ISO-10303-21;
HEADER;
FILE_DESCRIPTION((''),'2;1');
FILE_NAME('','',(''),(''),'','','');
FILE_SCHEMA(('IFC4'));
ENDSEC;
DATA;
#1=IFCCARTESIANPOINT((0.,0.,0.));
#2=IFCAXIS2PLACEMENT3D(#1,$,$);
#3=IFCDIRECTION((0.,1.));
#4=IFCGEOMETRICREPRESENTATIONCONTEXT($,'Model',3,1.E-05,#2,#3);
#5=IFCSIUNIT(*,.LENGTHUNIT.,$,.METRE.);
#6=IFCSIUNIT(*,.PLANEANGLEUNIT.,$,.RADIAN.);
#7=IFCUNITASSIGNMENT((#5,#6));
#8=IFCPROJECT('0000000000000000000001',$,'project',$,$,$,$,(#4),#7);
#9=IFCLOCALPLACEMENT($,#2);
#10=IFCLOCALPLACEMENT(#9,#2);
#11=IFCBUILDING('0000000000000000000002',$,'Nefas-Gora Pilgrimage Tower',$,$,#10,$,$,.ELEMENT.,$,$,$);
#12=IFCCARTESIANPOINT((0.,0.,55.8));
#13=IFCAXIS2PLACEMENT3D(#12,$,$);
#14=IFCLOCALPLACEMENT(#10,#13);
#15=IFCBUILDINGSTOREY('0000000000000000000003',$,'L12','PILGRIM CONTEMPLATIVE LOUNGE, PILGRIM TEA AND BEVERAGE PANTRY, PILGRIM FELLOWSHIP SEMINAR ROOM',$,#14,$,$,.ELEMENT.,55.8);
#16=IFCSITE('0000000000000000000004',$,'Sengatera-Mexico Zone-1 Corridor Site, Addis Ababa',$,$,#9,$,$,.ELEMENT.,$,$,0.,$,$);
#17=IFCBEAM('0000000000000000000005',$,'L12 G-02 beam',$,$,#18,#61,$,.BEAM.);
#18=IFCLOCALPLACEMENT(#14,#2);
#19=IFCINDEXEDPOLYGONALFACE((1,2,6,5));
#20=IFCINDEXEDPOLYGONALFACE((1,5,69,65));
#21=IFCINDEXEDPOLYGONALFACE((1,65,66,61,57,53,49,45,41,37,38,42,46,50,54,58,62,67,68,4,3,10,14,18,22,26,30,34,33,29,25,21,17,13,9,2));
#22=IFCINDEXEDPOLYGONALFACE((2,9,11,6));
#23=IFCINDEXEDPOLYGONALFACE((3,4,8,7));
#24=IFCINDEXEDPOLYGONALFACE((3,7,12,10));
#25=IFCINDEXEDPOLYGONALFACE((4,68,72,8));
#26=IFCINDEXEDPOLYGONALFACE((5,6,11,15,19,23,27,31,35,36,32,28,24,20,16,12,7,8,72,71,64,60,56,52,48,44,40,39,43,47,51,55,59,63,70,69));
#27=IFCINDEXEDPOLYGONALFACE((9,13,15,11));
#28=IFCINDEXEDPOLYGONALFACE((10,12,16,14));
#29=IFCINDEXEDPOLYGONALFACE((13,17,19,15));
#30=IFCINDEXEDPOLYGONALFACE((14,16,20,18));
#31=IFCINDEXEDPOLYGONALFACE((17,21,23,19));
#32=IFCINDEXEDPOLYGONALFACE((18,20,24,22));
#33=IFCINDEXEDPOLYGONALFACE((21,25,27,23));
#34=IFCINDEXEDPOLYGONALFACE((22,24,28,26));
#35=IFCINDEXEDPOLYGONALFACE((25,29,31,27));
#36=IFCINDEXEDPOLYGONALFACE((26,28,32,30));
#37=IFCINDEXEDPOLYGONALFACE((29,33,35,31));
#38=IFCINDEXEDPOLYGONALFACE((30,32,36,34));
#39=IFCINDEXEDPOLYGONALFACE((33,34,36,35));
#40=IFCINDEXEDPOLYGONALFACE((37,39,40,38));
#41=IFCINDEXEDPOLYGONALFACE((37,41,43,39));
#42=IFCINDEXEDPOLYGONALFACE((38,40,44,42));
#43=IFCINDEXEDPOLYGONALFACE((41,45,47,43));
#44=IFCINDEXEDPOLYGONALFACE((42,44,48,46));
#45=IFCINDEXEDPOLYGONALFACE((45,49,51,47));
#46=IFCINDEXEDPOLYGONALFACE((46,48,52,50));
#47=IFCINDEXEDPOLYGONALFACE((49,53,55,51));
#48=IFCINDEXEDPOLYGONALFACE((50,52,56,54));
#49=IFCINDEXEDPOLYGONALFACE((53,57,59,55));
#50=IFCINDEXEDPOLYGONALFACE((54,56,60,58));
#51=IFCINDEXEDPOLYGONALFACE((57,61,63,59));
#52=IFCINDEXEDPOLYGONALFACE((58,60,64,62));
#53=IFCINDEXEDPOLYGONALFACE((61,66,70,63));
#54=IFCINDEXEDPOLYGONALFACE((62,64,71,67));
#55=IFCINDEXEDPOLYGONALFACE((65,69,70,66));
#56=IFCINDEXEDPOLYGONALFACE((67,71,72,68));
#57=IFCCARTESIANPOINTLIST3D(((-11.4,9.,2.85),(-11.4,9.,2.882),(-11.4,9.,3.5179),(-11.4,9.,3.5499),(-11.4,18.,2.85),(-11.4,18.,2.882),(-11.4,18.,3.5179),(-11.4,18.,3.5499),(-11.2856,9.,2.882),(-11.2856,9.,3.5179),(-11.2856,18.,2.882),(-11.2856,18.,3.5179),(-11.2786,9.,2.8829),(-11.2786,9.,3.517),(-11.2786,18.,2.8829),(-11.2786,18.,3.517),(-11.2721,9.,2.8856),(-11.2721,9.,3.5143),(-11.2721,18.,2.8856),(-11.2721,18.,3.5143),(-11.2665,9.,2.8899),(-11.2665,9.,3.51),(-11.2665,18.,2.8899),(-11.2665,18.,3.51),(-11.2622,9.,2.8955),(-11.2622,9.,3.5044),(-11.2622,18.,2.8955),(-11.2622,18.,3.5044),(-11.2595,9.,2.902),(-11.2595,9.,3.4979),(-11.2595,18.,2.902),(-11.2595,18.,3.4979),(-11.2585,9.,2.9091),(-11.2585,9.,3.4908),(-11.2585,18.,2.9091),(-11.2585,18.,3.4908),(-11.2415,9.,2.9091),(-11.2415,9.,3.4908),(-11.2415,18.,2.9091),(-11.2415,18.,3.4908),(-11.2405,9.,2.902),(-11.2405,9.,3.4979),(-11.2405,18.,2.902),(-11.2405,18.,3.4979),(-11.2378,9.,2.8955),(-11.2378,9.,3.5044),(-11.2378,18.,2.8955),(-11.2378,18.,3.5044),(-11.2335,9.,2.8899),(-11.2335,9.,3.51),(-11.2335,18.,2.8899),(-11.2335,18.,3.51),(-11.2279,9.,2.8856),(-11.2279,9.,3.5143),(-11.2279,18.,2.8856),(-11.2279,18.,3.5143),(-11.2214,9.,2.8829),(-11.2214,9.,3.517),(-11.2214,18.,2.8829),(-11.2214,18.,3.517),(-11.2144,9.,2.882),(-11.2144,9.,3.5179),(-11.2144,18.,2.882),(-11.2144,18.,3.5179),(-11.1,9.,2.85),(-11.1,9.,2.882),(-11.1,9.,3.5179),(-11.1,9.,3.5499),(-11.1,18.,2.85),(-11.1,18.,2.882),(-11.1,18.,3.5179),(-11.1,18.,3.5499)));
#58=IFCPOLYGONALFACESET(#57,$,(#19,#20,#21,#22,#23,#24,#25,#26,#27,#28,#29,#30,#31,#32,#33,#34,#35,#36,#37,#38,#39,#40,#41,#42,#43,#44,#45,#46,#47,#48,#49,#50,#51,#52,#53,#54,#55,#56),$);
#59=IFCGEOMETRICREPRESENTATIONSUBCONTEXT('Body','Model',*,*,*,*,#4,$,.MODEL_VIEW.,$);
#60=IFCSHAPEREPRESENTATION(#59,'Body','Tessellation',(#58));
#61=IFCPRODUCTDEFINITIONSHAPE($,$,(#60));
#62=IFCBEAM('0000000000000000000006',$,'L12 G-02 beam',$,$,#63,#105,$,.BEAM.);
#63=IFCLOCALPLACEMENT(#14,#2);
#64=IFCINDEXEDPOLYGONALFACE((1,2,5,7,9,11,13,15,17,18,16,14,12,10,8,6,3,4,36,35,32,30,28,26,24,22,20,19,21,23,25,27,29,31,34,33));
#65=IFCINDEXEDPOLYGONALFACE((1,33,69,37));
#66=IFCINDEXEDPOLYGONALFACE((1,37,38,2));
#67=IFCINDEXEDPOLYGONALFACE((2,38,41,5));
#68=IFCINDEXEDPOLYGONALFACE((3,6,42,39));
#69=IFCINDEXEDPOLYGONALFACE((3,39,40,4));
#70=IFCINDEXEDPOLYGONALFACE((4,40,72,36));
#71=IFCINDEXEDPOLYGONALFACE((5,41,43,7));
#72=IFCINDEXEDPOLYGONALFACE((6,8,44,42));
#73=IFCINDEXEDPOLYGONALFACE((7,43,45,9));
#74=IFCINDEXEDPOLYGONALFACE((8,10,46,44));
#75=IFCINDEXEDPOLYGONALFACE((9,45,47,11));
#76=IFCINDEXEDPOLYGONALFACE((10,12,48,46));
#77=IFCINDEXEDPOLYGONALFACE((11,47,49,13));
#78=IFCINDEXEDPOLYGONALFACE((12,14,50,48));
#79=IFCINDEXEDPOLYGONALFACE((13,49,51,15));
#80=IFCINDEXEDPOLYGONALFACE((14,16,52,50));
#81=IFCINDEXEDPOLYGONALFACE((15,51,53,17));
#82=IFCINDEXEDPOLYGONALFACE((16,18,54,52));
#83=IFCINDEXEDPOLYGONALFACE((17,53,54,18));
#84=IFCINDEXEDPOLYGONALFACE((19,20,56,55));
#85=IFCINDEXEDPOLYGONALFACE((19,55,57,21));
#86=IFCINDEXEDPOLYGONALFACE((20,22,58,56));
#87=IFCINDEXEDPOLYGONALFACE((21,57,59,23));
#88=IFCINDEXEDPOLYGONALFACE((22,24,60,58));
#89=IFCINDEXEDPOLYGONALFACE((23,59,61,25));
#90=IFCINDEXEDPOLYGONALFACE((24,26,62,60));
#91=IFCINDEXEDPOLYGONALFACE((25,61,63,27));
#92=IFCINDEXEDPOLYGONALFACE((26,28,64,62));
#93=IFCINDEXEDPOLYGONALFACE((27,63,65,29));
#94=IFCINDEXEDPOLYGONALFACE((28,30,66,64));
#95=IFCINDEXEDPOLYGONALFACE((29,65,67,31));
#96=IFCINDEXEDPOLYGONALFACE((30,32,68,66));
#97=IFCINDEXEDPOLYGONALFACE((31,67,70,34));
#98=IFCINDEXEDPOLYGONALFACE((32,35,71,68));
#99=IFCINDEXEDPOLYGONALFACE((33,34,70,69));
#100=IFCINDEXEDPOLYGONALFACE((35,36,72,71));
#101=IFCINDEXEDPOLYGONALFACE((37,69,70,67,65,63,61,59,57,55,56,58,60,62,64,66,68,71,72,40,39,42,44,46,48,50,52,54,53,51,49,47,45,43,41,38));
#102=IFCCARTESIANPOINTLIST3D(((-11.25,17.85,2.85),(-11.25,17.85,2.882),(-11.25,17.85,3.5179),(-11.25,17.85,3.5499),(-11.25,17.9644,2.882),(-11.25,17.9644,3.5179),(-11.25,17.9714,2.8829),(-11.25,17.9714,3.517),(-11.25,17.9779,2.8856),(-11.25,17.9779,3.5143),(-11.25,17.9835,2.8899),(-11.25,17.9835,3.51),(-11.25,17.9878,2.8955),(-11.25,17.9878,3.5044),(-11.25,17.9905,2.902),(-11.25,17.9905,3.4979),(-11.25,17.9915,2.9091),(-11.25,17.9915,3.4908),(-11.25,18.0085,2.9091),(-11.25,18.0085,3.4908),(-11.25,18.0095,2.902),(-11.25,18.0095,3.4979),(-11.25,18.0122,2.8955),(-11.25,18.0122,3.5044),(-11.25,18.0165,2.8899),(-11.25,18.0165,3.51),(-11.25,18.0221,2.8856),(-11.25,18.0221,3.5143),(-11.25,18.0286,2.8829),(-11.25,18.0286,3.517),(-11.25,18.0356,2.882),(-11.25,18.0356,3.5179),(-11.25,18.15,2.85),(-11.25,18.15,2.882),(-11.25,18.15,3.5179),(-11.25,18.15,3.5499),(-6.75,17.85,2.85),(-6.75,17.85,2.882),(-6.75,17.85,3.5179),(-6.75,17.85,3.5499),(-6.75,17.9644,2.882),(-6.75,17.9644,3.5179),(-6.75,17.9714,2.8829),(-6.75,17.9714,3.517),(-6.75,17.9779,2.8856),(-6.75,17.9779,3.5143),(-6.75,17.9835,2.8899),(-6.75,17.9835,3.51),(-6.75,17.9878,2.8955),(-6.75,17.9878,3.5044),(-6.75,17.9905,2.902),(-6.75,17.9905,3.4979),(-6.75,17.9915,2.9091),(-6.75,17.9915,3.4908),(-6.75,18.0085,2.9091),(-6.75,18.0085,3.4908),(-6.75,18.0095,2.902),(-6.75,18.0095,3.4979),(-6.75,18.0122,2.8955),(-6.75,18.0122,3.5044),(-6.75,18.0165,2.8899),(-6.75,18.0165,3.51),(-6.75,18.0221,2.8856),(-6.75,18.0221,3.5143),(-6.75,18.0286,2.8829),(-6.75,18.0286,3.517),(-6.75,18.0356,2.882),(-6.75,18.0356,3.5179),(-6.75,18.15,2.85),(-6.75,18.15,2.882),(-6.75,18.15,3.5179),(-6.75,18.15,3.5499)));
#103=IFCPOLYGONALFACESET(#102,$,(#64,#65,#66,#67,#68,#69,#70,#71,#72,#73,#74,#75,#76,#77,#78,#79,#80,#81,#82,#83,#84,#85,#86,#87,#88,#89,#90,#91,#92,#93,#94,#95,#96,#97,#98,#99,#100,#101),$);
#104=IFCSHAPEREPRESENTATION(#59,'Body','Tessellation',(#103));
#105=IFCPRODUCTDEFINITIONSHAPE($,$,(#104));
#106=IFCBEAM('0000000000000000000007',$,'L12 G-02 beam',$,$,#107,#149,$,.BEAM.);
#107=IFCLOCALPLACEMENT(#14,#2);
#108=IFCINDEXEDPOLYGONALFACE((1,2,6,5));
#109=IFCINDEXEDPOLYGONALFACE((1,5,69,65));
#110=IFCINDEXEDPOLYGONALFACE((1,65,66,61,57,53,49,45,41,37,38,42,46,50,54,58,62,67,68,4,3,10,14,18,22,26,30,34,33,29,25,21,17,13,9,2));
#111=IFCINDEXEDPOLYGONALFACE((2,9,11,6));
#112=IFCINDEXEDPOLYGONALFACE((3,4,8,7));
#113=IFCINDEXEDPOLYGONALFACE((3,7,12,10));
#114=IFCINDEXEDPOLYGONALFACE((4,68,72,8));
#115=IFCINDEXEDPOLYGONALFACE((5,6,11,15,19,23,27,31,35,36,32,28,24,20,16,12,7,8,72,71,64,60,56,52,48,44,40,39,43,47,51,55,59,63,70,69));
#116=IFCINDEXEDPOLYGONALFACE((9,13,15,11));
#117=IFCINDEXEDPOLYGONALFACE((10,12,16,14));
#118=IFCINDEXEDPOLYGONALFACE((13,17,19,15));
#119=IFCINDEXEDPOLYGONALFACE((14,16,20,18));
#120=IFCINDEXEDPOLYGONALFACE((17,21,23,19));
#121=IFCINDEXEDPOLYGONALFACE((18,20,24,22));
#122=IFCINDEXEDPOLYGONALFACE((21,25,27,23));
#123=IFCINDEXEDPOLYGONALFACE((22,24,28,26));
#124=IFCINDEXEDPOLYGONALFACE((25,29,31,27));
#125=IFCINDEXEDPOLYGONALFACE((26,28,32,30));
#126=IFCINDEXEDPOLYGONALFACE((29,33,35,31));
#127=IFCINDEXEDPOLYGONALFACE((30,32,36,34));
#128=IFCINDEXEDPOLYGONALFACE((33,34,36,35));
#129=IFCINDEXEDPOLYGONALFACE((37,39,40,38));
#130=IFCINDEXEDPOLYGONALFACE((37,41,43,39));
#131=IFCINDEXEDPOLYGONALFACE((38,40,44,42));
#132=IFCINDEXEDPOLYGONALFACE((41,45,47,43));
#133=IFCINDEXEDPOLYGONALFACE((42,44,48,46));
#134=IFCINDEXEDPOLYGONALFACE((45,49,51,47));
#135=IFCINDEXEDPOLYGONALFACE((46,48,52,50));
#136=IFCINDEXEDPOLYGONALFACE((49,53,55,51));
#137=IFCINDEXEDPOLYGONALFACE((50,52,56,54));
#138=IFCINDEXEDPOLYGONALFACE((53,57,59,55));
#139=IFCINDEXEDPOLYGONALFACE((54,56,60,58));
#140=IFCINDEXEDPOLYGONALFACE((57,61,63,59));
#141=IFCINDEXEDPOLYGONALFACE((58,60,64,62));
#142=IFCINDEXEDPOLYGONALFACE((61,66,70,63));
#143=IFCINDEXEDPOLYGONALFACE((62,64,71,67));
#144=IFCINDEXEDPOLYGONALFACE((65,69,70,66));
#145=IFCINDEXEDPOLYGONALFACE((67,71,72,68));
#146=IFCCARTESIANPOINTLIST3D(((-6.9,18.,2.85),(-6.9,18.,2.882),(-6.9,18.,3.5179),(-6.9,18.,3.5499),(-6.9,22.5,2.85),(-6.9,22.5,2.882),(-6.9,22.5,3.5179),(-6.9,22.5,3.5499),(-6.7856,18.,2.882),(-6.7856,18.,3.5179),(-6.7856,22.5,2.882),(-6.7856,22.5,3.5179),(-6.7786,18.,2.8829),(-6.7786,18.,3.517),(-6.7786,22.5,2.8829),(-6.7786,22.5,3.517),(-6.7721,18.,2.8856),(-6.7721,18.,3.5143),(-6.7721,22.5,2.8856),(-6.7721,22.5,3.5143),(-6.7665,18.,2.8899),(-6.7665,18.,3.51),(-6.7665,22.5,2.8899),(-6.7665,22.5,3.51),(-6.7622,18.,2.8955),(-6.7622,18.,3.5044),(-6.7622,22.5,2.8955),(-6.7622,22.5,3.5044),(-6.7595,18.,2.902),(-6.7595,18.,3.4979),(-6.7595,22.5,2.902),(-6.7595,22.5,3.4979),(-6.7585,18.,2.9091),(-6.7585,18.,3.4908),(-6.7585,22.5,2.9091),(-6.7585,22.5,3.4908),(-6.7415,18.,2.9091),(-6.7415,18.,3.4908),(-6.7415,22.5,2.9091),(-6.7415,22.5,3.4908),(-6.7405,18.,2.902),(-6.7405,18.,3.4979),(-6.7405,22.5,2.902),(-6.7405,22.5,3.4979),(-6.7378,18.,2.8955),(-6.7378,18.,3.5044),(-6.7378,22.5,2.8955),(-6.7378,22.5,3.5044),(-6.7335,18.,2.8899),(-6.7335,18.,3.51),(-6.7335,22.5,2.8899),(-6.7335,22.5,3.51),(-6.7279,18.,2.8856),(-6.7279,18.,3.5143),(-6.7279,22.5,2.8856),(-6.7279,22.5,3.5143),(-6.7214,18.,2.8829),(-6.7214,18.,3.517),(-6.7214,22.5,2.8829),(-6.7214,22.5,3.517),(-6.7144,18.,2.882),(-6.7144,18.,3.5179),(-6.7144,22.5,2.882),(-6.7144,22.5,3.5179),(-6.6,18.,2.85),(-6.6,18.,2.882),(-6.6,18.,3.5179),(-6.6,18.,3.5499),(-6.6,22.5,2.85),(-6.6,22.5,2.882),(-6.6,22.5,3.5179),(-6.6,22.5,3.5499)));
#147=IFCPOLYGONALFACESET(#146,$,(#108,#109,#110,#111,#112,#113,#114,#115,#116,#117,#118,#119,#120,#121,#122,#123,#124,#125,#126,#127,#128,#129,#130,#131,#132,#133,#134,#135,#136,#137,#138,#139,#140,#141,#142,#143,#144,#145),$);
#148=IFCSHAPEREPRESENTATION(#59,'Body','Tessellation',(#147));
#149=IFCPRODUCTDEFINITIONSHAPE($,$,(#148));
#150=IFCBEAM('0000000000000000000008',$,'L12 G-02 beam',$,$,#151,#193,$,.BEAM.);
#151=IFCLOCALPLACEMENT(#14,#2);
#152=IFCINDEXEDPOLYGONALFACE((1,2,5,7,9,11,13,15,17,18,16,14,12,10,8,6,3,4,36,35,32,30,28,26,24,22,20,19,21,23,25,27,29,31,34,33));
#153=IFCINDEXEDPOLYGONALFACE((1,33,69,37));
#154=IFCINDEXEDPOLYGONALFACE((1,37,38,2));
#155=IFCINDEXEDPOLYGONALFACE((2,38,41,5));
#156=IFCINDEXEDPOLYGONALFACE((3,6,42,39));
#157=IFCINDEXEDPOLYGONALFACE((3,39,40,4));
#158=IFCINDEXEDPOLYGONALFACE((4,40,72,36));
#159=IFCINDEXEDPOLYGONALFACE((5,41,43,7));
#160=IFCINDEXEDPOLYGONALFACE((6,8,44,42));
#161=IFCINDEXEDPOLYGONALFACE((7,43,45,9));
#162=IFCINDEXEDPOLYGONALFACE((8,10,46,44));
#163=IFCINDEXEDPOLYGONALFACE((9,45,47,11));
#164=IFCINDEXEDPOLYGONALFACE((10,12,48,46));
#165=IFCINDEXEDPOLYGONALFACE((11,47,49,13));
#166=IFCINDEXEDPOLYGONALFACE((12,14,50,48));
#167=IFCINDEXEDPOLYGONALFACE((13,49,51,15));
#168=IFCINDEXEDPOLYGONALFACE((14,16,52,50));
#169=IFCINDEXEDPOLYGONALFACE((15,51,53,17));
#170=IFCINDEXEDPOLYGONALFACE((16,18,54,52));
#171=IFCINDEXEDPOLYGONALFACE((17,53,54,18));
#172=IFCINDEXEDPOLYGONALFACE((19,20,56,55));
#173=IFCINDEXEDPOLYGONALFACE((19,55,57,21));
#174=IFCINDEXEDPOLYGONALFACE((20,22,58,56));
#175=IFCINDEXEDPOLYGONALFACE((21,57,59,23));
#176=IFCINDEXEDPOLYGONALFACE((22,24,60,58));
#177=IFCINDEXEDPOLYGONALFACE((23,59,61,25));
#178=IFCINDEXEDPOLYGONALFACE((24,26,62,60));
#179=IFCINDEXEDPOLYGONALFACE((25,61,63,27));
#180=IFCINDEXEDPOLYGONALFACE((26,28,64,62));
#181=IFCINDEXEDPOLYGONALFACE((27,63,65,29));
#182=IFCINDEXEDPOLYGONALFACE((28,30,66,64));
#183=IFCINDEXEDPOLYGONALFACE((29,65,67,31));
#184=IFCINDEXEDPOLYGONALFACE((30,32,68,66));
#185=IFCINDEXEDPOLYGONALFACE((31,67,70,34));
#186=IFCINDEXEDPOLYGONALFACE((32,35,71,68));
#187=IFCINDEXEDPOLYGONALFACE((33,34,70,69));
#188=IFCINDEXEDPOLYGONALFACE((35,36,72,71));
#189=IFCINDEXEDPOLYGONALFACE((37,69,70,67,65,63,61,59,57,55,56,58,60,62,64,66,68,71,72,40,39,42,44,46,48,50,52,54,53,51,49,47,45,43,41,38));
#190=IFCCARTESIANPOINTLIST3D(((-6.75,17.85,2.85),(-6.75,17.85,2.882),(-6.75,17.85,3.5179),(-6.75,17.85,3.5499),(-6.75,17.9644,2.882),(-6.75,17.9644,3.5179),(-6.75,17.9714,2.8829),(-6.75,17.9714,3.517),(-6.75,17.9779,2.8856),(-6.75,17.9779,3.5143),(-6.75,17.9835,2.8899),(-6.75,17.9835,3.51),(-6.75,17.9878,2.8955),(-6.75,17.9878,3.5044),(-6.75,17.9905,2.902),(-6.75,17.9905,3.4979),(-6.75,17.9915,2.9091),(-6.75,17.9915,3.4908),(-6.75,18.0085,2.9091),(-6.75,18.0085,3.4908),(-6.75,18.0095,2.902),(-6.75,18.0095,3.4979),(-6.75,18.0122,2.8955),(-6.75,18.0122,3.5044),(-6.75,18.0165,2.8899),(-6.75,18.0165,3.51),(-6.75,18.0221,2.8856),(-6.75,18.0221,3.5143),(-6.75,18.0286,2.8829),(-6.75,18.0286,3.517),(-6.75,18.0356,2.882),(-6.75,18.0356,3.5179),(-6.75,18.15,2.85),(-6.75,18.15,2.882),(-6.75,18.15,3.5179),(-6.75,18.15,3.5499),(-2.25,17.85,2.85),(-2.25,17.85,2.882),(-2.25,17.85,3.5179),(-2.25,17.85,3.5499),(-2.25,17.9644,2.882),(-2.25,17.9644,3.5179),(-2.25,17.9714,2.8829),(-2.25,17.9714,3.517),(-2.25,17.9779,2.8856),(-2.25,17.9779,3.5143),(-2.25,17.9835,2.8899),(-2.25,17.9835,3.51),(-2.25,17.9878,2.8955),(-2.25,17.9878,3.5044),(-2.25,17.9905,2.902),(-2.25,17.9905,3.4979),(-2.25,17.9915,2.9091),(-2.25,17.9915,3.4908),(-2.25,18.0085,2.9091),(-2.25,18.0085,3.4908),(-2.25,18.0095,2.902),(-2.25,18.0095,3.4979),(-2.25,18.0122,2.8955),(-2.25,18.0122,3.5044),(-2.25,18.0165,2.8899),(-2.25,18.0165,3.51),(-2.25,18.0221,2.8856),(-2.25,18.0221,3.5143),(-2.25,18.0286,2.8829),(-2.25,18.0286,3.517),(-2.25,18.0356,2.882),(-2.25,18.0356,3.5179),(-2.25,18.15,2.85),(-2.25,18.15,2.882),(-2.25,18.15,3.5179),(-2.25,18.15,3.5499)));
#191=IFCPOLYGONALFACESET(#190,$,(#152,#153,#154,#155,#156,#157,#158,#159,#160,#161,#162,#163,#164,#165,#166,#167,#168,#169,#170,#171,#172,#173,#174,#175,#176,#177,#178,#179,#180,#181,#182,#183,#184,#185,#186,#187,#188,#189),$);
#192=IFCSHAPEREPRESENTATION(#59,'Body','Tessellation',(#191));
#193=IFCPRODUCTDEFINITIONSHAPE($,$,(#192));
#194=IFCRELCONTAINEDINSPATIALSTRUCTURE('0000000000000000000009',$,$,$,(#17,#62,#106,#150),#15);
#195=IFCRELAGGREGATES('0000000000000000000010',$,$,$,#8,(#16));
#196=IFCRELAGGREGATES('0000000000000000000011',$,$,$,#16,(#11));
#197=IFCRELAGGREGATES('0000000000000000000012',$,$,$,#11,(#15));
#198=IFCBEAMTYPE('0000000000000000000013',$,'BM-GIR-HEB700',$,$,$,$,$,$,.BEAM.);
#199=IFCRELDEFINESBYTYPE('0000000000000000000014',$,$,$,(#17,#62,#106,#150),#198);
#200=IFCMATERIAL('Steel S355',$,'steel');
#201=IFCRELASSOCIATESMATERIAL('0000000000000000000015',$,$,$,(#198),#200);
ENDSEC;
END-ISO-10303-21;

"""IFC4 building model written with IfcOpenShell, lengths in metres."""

from ifc_helpers import new_model, si_unit, direction, frame, origin, origin_2d, place, context, subcontext, project, spatial, i_section, extrude, source, transform, mapped, material, material_profile, profile_set, type_object, element, save


model = new_model("IFC4")

# Units and contexts
model_context = context("Model", 3, precision=1e-05, world=origin(), true_north=direction((0.0, 1.0)))
body_context = subcontext(model_context, "Body", "Model", "MODEL_VIEW")
ifc_project = project(units=[si_unit("LENGTHUNIT", "METRE"), si_unit("PLANEANGLEUNIT", "RADIAN")], contexts=[model_context])

# Site, building, storey
site_placement = place(None, origin())
site = spatial("IfcSite", under=ifc_project, at=site_placement, Name="Sengatera-Mexico Zone-1 Corridor Site, Addis Ababa", CompositionType="ELEMENT", RefElevation=0.0)
building_placement = place(site_placement, origin())
building = spatial("IfcBuilding", under=site, at=building_placement, Name="Nefas-Gora Pilgrimage Tower", CompositionType="ELEMENT")
storey_placement = place(building_placement, frame((0.0, 0.0, 55.8)))
storey = spatial("IfcBuildingStorey", under=building, at=storey_placement, Name="L12", Description="PILGRIM CONTEMPLATIVE LOUNGE, PILGRIM TEA AND BEVERAGE PANTRY, PILGRIM FELLOWSHIP SEMINAR ROOM", CompositionType="ELEMENT", Elevation=55.8)

# Beams
ifc_material_1 = material(Name="Steel S355", Category="steel")
ifc_material_profile_1 = material_profile(ifc_material_1, i_section(OverallWidth=0.3, OverallDepth=0.7, WebThickness=0.0171, FlangeThickness=0.032, FilletRadius=0.0271, at=origin_2d()), Name="HEB 700")
ifc_profile_set_1 = profile_set([ifc_material_profile_1], Name="Steel S355")
beam_type_1 = type_object("IfcBeamType", Name="BM-GIR-HEB700", PredefinedType="BEAM", material=ifc_profile_set_1)
shared_shape_1 = source(origin(), body_context, "Body", "SweptSolid", [
    extrude(i_section(OverallWidth=0.3, OverallDepth=0.7, WebThickness=0.0171, FlangeThickness=0.032, FilletRadius=0.0271, at=origin_2d()), origin(), (0.0, 0.0, 1.0), 9.0),
])
beam_1_placement = place(storey_placement, frame((-11.25, 9.0, 3.2), z_axis=(0.0, 1.0, 0.0), x_axis=(-1.0, 0.0, 0.0)))
element("IfcBeam", 1, at=beam_1_placement, inside=storey, type_object=beam_type_1, Name="L12 G-02 beam", PredefinedType="BEAM", context=body_context, shape_type="MappedRepresentation", body=[
    mapped(shared_shape_1, transform((0.0, 0.0, 0.0), x_axis=(1.0, 0.0, 0.0), y_axis=(0.0, 1.0, 0.0), z_axis=(0.0, 0.0, 1.0), scale=1.0)),
])
shared_shape_2 = source(origin(), body_context, "Body", "SweptSolid", [
    extrude(i_section(OverallWidth=0.3, OverallDepth=0.7, WebThickness=0.0171, FlangeThickness=0.032, FilletRadius=0.0271, at=origin_2d()), origin(), (0.0, 0.0, 1.0), 4.5),
])
for number, where, z_axis, x_axis, name in (
    (2, (-11.25, 18.0, 3.2), (1.0, 0.0, 0.0), (0.0, 1.0, 0.0), "L12 G-02 beam"),
    (3, (-6.75, 18.0, 3.2), (0.0, 1.0, 0.0), (-1.0, 0.0, 0.0), "L12 G-02 beam"),
    (4, (-6.75, 18.0, 3.2), (1.0, 0.0, 0.0), (0.0, 1.0, 0.0), "L12 G-02 beam"),
):
    element("IfcBeam", number, at=place(storey_placement, frame(where, z_axis=z_axis, x_axis=x_axis)), inside=storey, type_object=beam_type_1, Name=name, PredefinedType="BEAM", context=body_context, shape_type="MappedRepresentation", body=[
        mapped(shared_shape_2, transform((0.0, 0.0, 0.0), x_axis=(1.0, 0.0, 0.0), y_axis=(0.0, 1.0, 0.0), z_axis=(0.0, 0.0, 1.0), scale=1.0)),
    ])

save(model, "model.ifc")
